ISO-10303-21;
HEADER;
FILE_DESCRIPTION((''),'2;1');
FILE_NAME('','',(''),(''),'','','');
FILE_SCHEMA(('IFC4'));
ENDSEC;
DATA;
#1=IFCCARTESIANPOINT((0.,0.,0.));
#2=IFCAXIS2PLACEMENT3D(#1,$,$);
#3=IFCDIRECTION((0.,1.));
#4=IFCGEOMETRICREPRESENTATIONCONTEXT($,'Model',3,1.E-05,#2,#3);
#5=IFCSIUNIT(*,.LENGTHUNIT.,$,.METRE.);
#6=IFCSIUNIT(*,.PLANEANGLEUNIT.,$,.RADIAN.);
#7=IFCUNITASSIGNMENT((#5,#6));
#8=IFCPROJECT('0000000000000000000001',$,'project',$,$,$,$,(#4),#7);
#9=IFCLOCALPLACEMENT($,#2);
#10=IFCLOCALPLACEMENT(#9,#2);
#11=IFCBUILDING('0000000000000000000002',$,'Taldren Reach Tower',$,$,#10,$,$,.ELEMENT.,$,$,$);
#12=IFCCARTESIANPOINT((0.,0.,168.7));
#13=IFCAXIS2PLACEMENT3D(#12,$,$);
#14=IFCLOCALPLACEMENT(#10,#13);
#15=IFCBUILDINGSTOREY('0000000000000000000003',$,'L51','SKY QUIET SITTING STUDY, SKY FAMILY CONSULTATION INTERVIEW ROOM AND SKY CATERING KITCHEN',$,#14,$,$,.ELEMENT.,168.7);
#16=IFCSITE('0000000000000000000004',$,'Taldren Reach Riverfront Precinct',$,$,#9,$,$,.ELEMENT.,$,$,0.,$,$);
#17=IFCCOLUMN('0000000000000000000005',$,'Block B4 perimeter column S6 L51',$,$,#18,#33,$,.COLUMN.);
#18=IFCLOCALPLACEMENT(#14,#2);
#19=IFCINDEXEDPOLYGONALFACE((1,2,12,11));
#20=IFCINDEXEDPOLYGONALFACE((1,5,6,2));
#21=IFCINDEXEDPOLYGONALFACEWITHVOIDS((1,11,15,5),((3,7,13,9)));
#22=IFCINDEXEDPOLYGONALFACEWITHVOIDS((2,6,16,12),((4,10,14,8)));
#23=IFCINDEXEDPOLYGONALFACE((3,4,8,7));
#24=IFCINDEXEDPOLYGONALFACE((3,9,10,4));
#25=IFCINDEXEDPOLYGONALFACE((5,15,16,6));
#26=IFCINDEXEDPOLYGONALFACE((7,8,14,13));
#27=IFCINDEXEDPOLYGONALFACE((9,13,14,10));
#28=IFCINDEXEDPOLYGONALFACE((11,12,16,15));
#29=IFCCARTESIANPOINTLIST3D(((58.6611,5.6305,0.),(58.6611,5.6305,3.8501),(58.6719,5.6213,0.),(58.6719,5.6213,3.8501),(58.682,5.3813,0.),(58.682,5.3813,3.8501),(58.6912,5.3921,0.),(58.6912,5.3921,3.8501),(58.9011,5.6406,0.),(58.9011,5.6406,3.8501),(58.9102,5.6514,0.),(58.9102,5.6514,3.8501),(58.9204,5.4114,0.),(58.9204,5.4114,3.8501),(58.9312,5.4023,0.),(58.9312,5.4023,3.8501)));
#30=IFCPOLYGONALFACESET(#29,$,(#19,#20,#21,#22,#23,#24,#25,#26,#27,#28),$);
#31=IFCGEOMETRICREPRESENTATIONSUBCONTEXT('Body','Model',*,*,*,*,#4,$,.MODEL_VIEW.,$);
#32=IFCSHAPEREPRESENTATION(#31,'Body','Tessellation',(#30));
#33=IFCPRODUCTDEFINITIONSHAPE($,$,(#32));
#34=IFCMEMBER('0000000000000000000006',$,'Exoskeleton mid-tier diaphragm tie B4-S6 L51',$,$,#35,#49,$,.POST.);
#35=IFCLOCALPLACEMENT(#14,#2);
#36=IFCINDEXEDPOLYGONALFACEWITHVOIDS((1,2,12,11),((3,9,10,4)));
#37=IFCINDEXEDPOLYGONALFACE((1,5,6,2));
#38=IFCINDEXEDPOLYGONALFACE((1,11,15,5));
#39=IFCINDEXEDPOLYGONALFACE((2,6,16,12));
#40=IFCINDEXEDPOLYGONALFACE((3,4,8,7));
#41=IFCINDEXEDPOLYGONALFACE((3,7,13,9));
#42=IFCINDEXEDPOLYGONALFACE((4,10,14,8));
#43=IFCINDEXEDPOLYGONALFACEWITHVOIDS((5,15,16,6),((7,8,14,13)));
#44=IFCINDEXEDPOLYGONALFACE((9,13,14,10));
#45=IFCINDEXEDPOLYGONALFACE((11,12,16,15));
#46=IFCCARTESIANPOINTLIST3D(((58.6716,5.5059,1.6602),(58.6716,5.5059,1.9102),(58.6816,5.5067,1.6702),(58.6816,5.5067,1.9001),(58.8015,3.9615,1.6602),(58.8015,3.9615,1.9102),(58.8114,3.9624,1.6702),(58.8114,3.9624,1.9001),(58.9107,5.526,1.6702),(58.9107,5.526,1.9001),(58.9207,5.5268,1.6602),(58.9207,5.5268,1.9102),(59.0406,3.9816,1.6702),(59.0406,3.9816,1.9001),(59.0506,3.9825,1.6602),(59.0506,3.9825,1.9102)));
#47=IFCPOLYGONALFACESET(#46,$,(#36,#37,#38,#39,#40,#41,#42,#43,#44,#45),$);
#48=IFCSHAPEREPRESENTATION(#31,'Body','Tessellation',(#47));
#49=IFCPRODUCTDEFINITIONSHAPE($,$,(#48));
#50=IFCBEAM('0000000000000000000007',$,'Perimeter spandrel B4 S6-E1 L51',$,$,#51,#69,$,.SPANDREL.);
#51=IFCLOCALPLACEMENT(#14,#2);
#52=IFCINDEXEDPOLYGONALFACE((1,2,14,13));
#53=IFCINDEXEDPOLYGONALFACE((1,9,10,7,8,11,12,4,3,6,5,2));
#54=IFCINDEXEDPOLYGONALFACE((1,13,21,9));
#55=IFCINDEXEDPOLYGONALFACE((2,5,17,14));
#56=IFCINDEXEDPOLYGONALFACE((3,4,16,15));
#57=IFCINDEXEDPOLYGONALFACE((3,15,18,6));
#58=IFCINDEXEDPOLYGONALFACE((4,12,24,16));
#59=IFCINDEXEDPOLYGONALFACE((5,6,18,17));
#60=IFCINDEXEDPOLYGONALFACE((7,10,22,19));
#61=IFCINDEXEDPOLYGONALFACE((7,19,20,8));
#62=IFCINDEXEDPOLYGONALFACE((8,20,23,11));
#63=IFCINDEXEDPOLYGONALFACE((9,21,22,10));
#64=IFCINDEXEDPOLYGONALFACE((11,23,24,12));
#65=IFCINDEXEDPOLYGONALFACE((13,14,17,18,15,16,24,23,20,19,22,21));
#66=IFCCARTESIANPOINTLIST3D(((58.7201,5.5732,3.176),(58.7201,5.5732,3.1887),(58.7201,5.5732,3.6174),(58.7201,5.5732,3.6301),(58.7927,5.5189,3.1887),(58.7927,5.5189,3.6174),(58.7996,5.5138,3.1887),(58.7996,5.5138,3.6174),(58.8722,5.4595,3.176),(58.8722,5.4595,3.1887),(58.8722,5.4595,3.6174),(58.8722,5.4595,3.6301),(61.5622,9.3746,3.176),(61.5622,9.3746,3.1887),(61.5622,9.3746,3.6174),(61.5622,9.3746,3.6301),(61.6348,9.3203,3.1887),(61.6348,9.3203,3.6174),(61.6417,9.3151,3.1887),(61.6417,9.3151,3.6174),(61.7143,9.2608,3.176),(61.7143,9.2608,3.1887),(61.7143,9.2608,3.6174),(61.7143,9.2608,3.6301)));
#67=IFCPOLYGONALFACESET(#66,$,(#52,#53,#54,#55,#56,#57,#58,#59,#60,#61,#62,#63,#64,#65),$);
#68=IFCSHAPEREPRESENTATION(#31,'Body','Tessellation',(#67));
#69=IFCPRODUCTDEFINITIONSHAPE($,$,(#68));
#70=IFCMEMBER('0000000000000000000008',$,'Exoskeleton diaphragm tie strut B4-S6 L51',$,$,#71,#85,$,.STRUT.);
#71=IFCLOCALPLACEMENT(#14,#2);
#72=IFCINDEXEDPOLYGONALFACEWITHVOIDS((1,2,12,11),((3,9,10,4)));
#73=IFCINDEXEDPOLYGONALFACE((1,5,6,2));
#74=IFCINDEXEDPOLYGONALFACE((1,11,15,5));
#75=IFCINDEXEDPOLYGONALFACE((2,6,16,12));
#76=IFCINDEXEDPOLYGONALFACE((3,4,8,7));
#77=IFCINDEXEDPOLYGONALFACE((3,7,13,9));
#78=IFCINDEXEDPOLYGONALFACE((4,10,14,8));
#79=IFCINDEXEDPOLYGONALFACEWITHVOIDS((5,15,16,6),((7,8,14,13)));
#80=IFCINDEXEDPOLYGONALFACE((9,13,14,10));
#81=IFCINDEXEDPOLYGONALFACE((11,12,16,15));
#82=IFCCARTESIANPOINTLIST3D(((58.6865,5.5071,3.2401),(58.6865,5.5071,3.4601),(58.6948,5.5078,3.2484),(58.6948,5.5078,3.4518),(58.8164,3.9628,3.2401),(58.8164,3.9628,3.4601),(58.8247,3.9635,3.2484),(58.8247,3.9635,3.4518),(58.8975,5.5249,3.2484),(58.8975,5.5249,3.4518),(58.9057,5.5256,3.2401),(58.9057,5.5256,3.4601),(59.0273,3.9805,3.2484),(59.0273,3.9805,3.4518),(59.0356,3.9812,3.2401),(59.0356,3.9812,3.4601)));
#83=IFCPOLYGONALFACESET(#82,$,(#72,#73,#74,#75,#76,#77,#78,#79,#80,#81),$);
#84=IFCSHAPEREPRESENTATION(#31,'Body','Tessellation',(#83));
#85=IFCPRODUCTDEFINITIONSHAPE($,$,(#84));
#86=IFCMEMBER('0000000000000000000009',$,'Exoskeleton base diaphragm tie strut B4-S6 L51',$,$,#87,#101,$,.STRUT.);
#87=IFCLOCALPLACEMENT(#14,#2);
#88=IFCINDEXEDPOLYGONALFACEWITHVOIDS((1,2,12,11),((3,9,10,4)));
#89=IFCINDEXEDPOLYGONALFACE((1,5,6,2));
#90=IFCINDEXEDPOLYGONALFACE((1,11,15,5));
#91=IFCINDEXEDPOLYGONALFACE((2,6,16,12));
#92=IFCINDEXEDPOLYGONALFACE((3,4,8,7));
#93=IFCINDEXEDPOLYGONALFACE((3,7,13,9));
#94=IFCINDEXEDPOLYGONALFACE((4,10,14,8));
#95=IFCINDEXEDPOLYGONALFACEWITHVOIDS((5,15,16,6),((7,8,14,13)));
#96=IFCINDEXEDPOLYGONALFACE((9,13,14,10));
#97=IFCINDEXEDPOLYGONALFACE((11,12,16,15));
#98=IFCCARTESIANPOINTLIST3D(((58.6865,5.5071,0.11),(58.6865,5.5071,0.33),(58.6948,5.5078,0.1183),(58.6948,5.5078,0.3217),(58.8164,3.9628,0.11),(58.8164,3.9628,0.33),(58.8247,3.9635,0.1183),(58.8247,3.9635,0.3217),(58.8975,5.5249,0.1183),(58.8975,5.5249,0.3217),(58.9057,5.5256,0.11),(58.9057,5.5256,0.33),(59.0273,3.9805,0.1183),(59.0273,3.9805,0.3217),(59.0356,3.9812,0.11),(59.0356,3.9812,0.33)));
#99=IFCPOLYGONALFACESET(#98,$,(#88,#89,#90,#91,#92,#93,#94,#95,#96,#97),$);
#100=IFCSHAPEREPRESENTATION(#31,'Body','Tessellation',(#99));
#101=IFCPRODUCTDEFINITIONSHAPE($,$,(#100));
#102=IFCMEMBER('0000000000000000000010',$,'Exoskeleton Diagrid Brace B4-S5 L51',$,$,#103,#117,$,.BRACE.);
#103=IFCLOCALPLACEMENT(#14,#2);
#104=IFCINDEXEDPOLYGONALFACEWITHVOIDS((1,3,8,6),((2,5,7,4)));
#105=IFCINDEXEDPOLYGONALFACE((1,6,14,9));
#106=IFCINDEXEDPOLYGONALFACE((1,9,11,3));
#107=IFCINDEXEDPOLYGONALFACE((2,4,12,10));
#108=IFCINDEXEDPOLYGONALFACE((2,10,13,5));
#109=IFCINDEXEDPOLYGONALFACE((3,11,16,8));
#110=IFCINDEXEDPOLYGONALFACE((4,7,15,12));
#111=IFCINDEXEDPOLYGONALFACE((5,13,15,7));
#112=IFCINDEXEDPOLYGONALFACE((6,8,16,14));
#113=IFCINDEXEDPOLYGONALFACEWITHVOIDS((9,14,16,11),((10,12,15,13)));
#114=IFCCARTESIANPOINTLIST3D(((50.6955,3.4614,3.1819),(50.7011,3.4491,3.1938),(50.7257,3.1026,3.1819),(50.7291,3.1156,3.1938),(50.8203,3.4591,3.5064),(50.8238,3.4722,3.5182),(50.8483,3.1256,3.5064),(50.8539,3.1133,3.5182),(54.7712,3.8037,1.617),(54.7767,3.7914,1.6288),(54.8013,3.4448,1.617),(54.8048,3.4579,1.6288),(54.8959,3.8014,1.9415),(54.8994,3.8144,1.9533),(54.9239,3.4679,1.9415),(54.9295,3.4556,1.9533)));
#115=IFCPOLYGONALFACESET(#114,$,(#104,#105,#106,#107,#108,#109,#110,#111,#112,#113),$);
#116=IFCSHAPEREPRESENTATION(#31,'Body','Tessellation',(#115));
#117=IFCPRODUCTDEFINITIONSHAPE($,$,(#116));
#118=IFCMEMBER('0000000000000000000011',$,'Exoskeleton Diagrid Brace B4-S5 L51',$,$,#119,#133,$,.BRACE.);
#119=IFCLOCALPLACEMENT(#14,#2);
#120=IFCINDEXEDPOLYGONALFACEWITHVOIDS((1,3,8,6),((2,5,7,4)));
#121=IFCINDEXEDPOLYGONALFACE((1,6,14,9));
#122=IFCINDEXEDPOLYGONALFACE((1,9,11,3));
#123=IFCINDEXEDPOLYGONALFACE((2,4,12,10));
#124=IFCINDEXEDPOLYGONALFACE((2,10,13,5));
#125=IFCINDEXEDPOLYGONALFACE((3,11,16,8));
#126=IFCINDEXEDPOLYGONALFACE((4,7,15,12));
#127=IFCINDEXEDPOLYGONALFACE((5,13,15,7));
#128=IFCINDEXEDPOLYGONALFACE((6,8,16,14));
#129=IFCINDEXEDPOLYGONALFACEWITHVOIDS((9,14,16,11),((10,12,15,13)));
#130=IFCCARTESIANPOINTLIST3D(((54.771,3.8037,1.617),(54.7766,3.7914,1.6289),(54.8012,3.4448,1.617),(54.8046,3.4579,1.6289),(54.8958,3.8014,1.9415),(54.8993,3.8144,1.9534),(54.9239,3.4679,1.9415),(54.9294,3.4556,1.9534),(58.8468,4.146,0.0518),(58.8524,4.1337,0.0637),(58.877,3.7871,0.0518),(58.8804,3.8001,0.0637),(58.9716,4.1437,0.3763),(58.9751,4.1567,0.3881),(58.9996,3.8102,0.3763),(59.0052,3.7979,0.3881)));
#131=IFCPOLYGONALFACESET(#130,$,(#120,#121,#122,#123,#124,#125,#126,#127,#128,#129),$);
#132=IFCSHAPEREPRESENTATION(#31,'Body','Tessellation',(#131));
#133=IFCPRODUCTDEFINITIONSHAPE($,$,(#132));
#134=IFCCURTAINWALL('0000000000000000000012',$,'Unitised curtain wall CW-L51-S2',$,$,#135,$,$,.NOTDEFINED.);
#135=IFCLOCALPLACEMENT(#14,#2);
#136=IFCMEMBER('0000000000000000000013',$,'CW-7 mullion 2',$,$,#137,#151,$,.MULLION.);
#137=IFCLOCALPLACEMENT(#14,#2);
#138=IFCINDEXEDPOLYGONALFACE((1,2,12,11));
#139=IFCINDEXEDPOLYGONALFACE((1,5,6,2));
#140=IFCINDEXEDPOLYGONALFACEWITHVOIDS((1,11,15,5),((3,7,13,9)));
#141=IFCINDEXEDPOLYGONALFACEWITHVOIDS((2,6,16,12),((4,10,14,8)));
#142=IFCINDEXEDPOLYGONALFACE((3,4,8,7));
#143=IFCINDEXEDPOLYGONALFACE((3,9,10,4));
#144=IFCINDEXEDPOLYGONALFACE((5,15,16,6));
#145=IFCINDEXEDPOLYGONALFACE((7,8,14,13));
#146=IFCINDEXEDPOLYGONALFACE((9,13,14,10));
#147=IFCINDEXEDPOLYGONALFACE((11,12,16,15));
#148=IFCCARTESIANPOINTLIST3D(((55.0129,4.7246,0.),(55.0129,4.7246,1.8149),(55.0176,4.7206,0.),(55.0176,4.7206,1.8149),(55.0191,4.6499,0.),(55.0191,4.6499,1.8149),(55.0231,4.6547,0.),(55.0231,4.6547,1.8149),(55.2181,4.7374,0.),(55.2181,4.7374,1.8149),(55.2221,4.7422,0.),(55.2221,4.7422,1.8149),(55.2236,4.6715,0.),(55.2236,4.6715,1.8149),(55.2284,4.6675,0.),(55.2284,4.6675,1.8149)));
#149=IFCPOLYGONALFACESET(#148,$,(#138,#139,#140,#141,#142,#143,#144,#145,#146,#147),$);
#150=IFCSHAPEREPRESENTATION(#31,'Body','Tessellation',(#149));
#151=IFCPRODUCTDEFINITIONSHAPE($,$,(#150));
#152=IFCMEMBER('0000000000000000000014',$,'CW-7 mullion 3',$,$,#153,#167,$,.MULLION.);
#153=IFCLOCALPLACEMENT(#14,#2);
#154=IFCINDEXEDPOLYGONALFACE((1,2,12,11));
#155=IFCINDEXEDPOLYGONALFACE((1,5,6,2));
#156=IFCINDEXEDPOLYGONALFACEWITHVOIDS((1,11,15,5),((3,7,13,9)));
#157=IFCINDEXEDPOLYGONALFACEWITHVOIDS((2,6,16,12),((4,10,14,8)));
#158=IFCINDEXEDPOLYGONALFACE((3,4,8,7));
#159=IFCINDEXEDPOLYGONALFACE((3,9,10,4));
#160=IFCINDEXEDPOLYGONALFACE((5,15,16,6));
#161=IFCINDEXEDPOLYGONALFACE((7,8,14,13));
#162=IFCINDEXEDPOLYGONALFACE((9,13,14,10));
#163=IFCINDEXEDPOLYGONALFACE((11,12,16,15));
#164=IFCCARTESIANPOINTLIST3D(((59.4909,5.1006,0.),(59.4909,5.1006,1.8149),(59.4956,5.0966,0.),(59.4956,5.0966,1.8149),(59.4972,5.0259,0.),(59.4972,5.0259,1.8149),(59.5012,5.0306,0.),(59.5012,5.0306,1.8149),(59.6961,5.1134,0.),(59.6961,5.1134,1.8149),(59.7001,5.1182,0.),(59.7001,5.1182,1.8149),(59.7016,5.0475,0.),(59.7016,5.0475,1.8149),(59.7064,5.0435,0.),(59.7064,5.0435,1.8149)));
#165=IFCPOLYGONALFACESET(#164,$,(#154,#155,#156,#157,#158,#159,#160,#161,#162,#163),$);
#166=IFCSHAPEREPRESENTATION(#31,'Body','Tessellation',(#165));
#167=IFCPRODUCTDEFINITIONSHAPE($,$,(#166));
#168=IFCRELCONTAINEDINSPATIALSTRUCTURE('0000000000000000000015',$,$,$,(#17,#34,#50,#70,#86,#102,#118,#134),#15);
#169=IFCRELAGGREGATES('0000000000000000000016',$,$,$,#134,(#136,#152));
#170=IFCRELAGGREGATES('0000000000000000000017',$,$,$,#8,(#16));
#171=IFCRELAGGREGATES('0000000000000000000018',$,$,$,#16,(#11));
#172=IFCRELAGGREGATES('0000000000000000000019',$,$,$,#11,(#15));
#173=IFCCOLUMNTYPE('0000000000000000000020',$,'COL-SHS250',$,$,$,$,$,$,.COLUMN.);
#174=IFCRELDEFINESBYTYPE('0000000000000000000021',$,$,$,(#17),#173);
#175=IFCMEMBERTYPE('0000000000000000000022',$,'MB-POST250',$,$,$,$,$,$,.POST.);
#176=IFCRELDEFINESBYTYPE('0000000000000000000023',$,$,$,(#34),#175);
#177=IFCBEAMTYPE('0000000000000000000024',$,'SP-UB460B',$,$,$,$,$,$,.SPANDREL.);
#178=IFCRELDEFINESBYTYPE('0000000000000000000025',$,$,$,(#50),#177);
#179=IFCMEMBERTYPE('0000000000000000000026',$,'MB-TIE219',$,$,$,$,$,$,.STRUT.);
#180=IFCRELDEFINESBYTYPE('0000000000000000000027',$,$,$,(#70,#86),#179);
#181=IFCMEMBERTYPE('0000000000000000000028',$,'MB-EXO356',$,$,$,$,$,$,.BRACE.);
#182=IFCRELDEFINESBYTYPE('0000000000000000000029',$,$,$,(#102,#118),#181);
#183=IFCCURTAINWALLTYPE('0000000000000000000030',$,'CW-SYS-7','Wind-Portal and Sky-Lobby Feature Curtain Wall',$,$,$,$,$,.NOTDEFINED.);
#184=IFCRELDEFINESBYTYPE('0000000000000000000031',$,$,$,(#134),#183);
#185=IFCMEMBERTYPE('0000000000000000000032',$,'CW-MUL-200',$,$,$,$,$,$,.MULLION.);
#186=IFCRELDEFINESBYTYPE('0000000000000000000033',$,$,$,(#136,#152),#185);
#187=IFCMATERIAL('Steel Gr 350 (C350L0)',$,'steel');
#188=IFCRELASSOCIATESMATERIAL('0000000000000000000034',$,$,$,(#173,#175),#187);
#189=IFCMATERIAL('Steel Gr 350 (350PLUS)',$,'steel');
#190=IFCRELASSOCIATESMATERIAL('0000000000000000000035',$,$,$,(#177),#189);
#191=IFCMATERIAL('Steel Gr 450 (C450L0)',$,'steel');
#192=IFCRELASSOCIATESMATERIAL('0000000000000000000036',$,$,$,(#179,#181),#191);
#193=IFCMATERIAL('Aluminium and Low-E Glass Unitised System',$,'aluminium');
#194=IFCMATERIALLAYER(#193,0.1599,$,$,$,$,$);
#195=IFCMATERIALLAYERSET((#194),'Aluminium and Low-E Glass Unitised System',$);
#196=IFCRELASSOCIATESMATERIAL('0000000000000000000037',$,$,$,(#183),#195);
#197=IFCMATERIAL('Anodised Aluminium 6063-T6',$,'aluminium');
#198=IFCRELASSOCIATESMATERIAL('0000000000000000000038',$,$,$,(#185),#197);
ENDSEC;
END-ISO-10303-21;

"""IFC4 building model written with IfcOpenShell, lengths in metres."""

from ifc_helpers import new_model, si_unit, direction, frame, origin, origin_2d, place, context, subcontext, project, spatial, hollow_rectangle, i_section, extrude, source, transform, mapped, material, layer, layer_set, material_profile, profile_set, type_object, element, aggregate, save


model = new_model("IFC4")

# Units and contexts
model_context = context("Model", 3, precision=1e-05, world=origin(), true_north=direction((0.0, 1.0)))
body_context = subcontext(model_context, "Body", "Model", "MODEL_VIEW")
ifc_project = project(units=[si_unit("LENGTHUNIT", "METRE"), si_unit("PLANEANGLEUNIT", "RADIAN")], contexts=[model_context])

# Site, building, storey
site_placement = place(None, origin())
site = spatial("IfcSite", under=ifc_project, at=site_placement, Name="Taldren Reach Riverfront Precinct", CompositionType="ELEMENT", RefElevation=0.0)
building_placement = place(site_placement, origin())
building = spatial("IfcBuilding", under=site, at=building_placement, Name="Taldren Reach Tower", CompositionType="ELEMENT")
storey_placement = place(building_placement, frame((0.0, 0.0, 168.7)))
storey = spatial("IfcBuildingStorey", under=building, at=storey_placement, Name="L51", Description="SKY QUIET SITTING STUDY, SKY FAMILY CONSULTATION INTERVIEW ROOM AND SKY CATERING KITCHEN", CompositionType="ELEMENT", Elevation=168.7)

# Column
ifc_material_1 = material(Name="Steel Gr 350 (C350L0)", Category="steel")
ifc_material_profile_1 = material_profile(ifc_material_1, hollow_rectangle(XDim=0.25, YDim=0.25, WallThickness=0.01, at=origin_2d()), Name="250x250x10.0SHS")
ifc_profile_set_1 = profile_set([ifc_material_profile_1], Name="Steel Gr 350 (C350L0)")
column_type = type_object("IfcColumnType", Name="COL-SHS250", PredefinedType="COLUMN", material=ifc_profile_set_1)
shared_shape_1 = source(origin(), body_context, "Body", "SweptSolid", [
    extrude(hollow_rectangle(XDim=0.25, YDim=0.25, WallThickness=0.01, at=origin_2d()), origin(), (0.0, 0.0, 1.0), 3.8501),
])
column_placement = place(storey_placement, frame((58.7961, 5.5164, 0.0), z_axis=(0.0, 0.0, 1.0), x_axis=(0.996493, 0.083678, 0.0)))
element("IfcColumn", 1, at=column_placement, inside=storey, type_object=column_type, Name="Block B4 perimeter column S6 L51", PredefinedType="COLUMN", context=body_context, shape_type="MappedRepresentation", body=[
    mapped(shared_shape_1, transform((0.0, 0.0, 0.0), scale=1.0)),
])

# Member
ifc_material_profile_2 = material_profile(ifc_material_1, hollow_rectangle(XDim=0.25, YDim=0.25, WallThickness=0.01, at=origin_2d()), Name="250x250x10.0SHS")
ifc_profile_set_2 = profile_set([ifc_material_profile_2], Name="Steel Gr 350 (C350L0)")
member_type_1 = type_object("IfcMemberType", Name="MB-POST250", PredefinedType="POST", material=ifc_profile_set_2)
shared_shape_2 = source(origin(), body_context, "Body", "SweptSolid", [
    extrude(hollow_rectangle(XDim=0.25, YDim=0.25, WallThickness=0.01, at=origin_2d()), origin(), (0.0, 0.0, 1.0), 1.5498),
])
member_1_placement = place(storey_placement, frame((58.7961, 5.5164, 1.7852), z_axis=(0.083802, -0.996482, 0.0), x_axis=(0.996482, 0.083802, 0.0)))
element("IfcMember", 2, at=member_1_placement, inside=storey, type_object=member_type_1, Name="Exoskeleton mid-tier diaphragm tie B4-S6 L51", PredefinedType="POST", context=body_context, shape_type="MappedRepresentation", body=[
    mapped(shared_shape_2, transform((0.0, 0.0, 0.0), scale=1.0)),
])

# Beam
ifc_material_2 = material(Name="Steel Gr 350 (350PLUS)", Category="steel")
ifc_material_profile_3 = material_profile(ifc_material_2, i_section(OverallWidth=0.1899, OverallDepth=0.4541, WebThickness=0.0085, FlangeThickness=0.0127, at=origin_2d()), Name="460UB67.1")
ifc_profile_set_3 = profile_set([ifc_material_profile_3], Name="Steel Gr 350 (350PLUS)")
beam_type = type_object("IfcBeamType", Name="SP-UB460B", PredefinedType="SPANDREL", material=ifc_profile_set_3)
shared_shape_3 = source(origin(), body_context, "Body", "SweptSolid", [
    extrude(i_section(OverallWidth=0.1899, OverallDepth=0.4541, WebThickness=0.0085, FlangeThickness=0.0127, at=origin_2d()), origin(), (0.0, 0.0, 1.0), 4.7463),
])
beam_placement = place(storey_placement, frame((58.7961, 5.5164, 3.4031), z_axis=(0.598798, 0.8009, 0.0), x_axis=(-0.8009, 0.598798, 0.0)))
element("IfcBeam", 3, at=beam_placement, inside=storey, type_object=beam_type, Name="Perimeter spandrel B4 S6-E1 L51", PredefinedType="SPANDREL", context=body_context, shape_type="MappedRepresentation", body=[
    mapped(shared_shape_3, transform((0.0, 0.0, 0.0), scale=1.0)),
])

# Members
ifc_material_3 = material(Name="Steel Gr 450 (C450L0)", Category="steel")
ifc_material_profile_4 = material_profile(ifc_material_3, hollow_rectangle(XDim=0.22, YDim=0.22, WallThickness=0.0083, at=origin_2d()), Name="220x220x8.2SHS")
ifc_profile_set_4 = profile_set([ifc_material_profile_4], Name="Steel Gr 450 (C450L0)")
member_type_2 = type_object("IfcMemberType", Name="MB-TIE219", PredefinedType="STRUT", material=ifc_profile_set_4)
shared_shape_4 = source(origin(), body_context, "Body", "SweptSolid", [
    extrude(hollow_rectangle(XDim=0.22, YDim=0.22, WallThickness=0.0083, at=origin_2d()), origin(), (0.0, 0.0, 1.0), 1.5498),
])
for number, where, z_axis, x_axis, name in (
    (4, (58.7961, 5.5164, 3.3501), (0.083802, -0.996482, 0.0), (0.996482, 0.083802, 0.0), "Exoskeleton diaphragm tie strut B4-S6 L51"),
    (5, (58.7961, 5.5164, 0.22), (0.083802, -0.996482, 0.0), (0.996482, 0.083802, 0.0), "Exoskeleton base diaphragm tie strut B4-S6 L51"),
):
    element("IfcMember", number, at=place(storey_placement, frame(where, z_axis=z_axis, x_axis=x_axis)), inside=storey, type_object=member_type_2, Name=name, PredefinedType="STRUT", context=body_context, shape_type="MappedRepresentation", body=[
        mapped(shared_shape_4, transform((0.0, 0.0, 0.0), scale=1.0)),
    ])
ifc_material_profile_5 = material_profile(ifc_material_3, hollow_rectangle(XDim=0.3601, YDim=0.3601, WallThickness=0.0127, at=origin_2d()), Name="360x360x12.7SHS")
ifc_profile_set_5 = profile_set([ifc_material_profile_5], Name="Steel Gr 450 (C450L0)")
member_type_3 = type_object("IfcMemberType", Name="MB-EXO356", PredefinedType="BRACE", material=ifc_profile_set_5)
shared_shape_5 = source(origin(), body_context, "Body", "SweptSolid", [
    extrude(hollow_rectangle(XDim=0.3601, YDim=0.3601, WallThickness=0.0127, at=origin_2d()), origin(), (0.0, 0.0, 1.0), 4.3792),
])
member_2_placement = place(storey_placement, frame((54.8503, 3.6296, 1.7852), z_axis=(-0.930691, -0.078162, 0.357358), x_axis=(0.083688, -0.996492, 0.0)))
element("IfcMember", 6, at=member_2_placement, inside=storey, type_object=member_type_3, Name="Exoskeleton Diagrid Brace B4-S5 L51", PredefinedType="BRACE", context=body_context, shape_type="MappedRepresentation", body=[
    mapped(shared_shape_5, transform((0.0, 0.0, 0.0), scale=1.0)),
])
shared_shape_6 = source(origin(), body_context, "Body", "SweptSolid", [
    extrude(hollow_rectangle(XDim=0.3601, YDim=0.3601, WallThickness=0.0127, at=origin_2d()), origin(), (0.0, 0.0, 1.0), 4.3794),
])
member_3_placement = place(storey_placement, frame((58.926, 3.9719, 0.22), z_axis=(-0.930673, -0.07816, 0.357406), x_axis=(0.083688, -0.996492, 0.0)))
element("IfcMember", 7, at=member_3_placement, inside=storey, type_object=member_type_3, Name="Exoskeleton Diagrid Brace B4-S5 L51", PredefinedType="BRACE", context=body_context, shape_type="MappedRepresentation", body=[
    mapped(shared_shape_6, transform((0.0, 0.0, 0.0), scale=1.0)),
])

# Curtain wall, members
ifc_material_4 = material(Name="Aluminium and Low-E Glass Unitised System", Category="aluminium")
ifc_layer_1 = layer(ifc_material_4, 0.1599)
ifc_layer_set_1 = layer_set([ifc_layer_1], Name="Aluminium and Low-E Glass Unitised System")
curtain_wall_type = type_object("IfcCurtainWallType", Name="CW-SYS-7", Description="Wind-Portal and Sky-Lobby Feature Curtain Wall", PredefinedType="NOTDEFINED", material=ifc_layer_set_1)
curtain_wall_1_placement = place(storey_placement, origin())
curtain_wall_1 = element("IfcCurtainWall", 8, at=curtain_wall_1_placement, inside=storey, type_object=curtain_wall_type, Name="Unitised curtain wall CW-L51-S2", PredefinedType="NOTDEFINED")
ifc_material_5 = material(Name="Anodised Aluminium 6063-T6", Category="aluminium")
ifc_material_profile_6 = material_profile(ifc_material_5, hollow_rectangle(XDim=0.075, YDim=0.21, WallThickness=0.0044, at=origin_2d()), Name="ALU-210x75x4.5RHS")
ifc_profile_set_6 = profile_set([ifc_material_profile_6], Name="Anodised Aluminium 6063-T6")
member_type_4 = type_object("IfcMemberType", Name="CW-MUL-200", PredefinedType="MULLION", material=ifc_profile_set_6)
shared_shape_7 = source(origin(), body_context, "Body", "SweptSolid", [
    extrude(hollow_rectangle(XDim=0.075, YDim=0.21, WallThickness=0.0044, at=origin_2d()), origin(), (0.0, 0.0, 1.0), 1.8149),
])
member_4_placement = place(storey_placement, frame((55.1206, 4.696, 0.0), z_axis=(0.0, 0.0, 1.0), x_axis=(-0.083678, 0.996493, 0.0)))
member_4 = element("IfcMember", 9, at=member_4_placement, type_object=member_type_4, Name="CW-7 mullion 2", PredefinedType="MULLION", context=body_context, shape_type="MappedRepresentation", body=[
    mapped(shared_shape_7, transform((0.0, 0.0, 0.0), scale=1.0)),
])
member_5_placement = place(storey_placement, frame((59.5986, 5.072, 0.0), z_axis=(0.0, 0.0, 1.0), x_axis=(-0.083678, 0.996493, 0.0)))
member_5 = element("IfcMember", 10, at=member_5_placement, type_object=member_type_4, Name="CW-7 mullion 3", PredefinedType="MULLION", context=body_context, shape_type="MappedRepresentation", body=[
    mapped(shared_shape_7, transform((0.0, 0.0, 0.0), scale=1.0)),
])

aggregate(curtain_wall_1, [member_4, member_5])

save(model, "model.ifc")
